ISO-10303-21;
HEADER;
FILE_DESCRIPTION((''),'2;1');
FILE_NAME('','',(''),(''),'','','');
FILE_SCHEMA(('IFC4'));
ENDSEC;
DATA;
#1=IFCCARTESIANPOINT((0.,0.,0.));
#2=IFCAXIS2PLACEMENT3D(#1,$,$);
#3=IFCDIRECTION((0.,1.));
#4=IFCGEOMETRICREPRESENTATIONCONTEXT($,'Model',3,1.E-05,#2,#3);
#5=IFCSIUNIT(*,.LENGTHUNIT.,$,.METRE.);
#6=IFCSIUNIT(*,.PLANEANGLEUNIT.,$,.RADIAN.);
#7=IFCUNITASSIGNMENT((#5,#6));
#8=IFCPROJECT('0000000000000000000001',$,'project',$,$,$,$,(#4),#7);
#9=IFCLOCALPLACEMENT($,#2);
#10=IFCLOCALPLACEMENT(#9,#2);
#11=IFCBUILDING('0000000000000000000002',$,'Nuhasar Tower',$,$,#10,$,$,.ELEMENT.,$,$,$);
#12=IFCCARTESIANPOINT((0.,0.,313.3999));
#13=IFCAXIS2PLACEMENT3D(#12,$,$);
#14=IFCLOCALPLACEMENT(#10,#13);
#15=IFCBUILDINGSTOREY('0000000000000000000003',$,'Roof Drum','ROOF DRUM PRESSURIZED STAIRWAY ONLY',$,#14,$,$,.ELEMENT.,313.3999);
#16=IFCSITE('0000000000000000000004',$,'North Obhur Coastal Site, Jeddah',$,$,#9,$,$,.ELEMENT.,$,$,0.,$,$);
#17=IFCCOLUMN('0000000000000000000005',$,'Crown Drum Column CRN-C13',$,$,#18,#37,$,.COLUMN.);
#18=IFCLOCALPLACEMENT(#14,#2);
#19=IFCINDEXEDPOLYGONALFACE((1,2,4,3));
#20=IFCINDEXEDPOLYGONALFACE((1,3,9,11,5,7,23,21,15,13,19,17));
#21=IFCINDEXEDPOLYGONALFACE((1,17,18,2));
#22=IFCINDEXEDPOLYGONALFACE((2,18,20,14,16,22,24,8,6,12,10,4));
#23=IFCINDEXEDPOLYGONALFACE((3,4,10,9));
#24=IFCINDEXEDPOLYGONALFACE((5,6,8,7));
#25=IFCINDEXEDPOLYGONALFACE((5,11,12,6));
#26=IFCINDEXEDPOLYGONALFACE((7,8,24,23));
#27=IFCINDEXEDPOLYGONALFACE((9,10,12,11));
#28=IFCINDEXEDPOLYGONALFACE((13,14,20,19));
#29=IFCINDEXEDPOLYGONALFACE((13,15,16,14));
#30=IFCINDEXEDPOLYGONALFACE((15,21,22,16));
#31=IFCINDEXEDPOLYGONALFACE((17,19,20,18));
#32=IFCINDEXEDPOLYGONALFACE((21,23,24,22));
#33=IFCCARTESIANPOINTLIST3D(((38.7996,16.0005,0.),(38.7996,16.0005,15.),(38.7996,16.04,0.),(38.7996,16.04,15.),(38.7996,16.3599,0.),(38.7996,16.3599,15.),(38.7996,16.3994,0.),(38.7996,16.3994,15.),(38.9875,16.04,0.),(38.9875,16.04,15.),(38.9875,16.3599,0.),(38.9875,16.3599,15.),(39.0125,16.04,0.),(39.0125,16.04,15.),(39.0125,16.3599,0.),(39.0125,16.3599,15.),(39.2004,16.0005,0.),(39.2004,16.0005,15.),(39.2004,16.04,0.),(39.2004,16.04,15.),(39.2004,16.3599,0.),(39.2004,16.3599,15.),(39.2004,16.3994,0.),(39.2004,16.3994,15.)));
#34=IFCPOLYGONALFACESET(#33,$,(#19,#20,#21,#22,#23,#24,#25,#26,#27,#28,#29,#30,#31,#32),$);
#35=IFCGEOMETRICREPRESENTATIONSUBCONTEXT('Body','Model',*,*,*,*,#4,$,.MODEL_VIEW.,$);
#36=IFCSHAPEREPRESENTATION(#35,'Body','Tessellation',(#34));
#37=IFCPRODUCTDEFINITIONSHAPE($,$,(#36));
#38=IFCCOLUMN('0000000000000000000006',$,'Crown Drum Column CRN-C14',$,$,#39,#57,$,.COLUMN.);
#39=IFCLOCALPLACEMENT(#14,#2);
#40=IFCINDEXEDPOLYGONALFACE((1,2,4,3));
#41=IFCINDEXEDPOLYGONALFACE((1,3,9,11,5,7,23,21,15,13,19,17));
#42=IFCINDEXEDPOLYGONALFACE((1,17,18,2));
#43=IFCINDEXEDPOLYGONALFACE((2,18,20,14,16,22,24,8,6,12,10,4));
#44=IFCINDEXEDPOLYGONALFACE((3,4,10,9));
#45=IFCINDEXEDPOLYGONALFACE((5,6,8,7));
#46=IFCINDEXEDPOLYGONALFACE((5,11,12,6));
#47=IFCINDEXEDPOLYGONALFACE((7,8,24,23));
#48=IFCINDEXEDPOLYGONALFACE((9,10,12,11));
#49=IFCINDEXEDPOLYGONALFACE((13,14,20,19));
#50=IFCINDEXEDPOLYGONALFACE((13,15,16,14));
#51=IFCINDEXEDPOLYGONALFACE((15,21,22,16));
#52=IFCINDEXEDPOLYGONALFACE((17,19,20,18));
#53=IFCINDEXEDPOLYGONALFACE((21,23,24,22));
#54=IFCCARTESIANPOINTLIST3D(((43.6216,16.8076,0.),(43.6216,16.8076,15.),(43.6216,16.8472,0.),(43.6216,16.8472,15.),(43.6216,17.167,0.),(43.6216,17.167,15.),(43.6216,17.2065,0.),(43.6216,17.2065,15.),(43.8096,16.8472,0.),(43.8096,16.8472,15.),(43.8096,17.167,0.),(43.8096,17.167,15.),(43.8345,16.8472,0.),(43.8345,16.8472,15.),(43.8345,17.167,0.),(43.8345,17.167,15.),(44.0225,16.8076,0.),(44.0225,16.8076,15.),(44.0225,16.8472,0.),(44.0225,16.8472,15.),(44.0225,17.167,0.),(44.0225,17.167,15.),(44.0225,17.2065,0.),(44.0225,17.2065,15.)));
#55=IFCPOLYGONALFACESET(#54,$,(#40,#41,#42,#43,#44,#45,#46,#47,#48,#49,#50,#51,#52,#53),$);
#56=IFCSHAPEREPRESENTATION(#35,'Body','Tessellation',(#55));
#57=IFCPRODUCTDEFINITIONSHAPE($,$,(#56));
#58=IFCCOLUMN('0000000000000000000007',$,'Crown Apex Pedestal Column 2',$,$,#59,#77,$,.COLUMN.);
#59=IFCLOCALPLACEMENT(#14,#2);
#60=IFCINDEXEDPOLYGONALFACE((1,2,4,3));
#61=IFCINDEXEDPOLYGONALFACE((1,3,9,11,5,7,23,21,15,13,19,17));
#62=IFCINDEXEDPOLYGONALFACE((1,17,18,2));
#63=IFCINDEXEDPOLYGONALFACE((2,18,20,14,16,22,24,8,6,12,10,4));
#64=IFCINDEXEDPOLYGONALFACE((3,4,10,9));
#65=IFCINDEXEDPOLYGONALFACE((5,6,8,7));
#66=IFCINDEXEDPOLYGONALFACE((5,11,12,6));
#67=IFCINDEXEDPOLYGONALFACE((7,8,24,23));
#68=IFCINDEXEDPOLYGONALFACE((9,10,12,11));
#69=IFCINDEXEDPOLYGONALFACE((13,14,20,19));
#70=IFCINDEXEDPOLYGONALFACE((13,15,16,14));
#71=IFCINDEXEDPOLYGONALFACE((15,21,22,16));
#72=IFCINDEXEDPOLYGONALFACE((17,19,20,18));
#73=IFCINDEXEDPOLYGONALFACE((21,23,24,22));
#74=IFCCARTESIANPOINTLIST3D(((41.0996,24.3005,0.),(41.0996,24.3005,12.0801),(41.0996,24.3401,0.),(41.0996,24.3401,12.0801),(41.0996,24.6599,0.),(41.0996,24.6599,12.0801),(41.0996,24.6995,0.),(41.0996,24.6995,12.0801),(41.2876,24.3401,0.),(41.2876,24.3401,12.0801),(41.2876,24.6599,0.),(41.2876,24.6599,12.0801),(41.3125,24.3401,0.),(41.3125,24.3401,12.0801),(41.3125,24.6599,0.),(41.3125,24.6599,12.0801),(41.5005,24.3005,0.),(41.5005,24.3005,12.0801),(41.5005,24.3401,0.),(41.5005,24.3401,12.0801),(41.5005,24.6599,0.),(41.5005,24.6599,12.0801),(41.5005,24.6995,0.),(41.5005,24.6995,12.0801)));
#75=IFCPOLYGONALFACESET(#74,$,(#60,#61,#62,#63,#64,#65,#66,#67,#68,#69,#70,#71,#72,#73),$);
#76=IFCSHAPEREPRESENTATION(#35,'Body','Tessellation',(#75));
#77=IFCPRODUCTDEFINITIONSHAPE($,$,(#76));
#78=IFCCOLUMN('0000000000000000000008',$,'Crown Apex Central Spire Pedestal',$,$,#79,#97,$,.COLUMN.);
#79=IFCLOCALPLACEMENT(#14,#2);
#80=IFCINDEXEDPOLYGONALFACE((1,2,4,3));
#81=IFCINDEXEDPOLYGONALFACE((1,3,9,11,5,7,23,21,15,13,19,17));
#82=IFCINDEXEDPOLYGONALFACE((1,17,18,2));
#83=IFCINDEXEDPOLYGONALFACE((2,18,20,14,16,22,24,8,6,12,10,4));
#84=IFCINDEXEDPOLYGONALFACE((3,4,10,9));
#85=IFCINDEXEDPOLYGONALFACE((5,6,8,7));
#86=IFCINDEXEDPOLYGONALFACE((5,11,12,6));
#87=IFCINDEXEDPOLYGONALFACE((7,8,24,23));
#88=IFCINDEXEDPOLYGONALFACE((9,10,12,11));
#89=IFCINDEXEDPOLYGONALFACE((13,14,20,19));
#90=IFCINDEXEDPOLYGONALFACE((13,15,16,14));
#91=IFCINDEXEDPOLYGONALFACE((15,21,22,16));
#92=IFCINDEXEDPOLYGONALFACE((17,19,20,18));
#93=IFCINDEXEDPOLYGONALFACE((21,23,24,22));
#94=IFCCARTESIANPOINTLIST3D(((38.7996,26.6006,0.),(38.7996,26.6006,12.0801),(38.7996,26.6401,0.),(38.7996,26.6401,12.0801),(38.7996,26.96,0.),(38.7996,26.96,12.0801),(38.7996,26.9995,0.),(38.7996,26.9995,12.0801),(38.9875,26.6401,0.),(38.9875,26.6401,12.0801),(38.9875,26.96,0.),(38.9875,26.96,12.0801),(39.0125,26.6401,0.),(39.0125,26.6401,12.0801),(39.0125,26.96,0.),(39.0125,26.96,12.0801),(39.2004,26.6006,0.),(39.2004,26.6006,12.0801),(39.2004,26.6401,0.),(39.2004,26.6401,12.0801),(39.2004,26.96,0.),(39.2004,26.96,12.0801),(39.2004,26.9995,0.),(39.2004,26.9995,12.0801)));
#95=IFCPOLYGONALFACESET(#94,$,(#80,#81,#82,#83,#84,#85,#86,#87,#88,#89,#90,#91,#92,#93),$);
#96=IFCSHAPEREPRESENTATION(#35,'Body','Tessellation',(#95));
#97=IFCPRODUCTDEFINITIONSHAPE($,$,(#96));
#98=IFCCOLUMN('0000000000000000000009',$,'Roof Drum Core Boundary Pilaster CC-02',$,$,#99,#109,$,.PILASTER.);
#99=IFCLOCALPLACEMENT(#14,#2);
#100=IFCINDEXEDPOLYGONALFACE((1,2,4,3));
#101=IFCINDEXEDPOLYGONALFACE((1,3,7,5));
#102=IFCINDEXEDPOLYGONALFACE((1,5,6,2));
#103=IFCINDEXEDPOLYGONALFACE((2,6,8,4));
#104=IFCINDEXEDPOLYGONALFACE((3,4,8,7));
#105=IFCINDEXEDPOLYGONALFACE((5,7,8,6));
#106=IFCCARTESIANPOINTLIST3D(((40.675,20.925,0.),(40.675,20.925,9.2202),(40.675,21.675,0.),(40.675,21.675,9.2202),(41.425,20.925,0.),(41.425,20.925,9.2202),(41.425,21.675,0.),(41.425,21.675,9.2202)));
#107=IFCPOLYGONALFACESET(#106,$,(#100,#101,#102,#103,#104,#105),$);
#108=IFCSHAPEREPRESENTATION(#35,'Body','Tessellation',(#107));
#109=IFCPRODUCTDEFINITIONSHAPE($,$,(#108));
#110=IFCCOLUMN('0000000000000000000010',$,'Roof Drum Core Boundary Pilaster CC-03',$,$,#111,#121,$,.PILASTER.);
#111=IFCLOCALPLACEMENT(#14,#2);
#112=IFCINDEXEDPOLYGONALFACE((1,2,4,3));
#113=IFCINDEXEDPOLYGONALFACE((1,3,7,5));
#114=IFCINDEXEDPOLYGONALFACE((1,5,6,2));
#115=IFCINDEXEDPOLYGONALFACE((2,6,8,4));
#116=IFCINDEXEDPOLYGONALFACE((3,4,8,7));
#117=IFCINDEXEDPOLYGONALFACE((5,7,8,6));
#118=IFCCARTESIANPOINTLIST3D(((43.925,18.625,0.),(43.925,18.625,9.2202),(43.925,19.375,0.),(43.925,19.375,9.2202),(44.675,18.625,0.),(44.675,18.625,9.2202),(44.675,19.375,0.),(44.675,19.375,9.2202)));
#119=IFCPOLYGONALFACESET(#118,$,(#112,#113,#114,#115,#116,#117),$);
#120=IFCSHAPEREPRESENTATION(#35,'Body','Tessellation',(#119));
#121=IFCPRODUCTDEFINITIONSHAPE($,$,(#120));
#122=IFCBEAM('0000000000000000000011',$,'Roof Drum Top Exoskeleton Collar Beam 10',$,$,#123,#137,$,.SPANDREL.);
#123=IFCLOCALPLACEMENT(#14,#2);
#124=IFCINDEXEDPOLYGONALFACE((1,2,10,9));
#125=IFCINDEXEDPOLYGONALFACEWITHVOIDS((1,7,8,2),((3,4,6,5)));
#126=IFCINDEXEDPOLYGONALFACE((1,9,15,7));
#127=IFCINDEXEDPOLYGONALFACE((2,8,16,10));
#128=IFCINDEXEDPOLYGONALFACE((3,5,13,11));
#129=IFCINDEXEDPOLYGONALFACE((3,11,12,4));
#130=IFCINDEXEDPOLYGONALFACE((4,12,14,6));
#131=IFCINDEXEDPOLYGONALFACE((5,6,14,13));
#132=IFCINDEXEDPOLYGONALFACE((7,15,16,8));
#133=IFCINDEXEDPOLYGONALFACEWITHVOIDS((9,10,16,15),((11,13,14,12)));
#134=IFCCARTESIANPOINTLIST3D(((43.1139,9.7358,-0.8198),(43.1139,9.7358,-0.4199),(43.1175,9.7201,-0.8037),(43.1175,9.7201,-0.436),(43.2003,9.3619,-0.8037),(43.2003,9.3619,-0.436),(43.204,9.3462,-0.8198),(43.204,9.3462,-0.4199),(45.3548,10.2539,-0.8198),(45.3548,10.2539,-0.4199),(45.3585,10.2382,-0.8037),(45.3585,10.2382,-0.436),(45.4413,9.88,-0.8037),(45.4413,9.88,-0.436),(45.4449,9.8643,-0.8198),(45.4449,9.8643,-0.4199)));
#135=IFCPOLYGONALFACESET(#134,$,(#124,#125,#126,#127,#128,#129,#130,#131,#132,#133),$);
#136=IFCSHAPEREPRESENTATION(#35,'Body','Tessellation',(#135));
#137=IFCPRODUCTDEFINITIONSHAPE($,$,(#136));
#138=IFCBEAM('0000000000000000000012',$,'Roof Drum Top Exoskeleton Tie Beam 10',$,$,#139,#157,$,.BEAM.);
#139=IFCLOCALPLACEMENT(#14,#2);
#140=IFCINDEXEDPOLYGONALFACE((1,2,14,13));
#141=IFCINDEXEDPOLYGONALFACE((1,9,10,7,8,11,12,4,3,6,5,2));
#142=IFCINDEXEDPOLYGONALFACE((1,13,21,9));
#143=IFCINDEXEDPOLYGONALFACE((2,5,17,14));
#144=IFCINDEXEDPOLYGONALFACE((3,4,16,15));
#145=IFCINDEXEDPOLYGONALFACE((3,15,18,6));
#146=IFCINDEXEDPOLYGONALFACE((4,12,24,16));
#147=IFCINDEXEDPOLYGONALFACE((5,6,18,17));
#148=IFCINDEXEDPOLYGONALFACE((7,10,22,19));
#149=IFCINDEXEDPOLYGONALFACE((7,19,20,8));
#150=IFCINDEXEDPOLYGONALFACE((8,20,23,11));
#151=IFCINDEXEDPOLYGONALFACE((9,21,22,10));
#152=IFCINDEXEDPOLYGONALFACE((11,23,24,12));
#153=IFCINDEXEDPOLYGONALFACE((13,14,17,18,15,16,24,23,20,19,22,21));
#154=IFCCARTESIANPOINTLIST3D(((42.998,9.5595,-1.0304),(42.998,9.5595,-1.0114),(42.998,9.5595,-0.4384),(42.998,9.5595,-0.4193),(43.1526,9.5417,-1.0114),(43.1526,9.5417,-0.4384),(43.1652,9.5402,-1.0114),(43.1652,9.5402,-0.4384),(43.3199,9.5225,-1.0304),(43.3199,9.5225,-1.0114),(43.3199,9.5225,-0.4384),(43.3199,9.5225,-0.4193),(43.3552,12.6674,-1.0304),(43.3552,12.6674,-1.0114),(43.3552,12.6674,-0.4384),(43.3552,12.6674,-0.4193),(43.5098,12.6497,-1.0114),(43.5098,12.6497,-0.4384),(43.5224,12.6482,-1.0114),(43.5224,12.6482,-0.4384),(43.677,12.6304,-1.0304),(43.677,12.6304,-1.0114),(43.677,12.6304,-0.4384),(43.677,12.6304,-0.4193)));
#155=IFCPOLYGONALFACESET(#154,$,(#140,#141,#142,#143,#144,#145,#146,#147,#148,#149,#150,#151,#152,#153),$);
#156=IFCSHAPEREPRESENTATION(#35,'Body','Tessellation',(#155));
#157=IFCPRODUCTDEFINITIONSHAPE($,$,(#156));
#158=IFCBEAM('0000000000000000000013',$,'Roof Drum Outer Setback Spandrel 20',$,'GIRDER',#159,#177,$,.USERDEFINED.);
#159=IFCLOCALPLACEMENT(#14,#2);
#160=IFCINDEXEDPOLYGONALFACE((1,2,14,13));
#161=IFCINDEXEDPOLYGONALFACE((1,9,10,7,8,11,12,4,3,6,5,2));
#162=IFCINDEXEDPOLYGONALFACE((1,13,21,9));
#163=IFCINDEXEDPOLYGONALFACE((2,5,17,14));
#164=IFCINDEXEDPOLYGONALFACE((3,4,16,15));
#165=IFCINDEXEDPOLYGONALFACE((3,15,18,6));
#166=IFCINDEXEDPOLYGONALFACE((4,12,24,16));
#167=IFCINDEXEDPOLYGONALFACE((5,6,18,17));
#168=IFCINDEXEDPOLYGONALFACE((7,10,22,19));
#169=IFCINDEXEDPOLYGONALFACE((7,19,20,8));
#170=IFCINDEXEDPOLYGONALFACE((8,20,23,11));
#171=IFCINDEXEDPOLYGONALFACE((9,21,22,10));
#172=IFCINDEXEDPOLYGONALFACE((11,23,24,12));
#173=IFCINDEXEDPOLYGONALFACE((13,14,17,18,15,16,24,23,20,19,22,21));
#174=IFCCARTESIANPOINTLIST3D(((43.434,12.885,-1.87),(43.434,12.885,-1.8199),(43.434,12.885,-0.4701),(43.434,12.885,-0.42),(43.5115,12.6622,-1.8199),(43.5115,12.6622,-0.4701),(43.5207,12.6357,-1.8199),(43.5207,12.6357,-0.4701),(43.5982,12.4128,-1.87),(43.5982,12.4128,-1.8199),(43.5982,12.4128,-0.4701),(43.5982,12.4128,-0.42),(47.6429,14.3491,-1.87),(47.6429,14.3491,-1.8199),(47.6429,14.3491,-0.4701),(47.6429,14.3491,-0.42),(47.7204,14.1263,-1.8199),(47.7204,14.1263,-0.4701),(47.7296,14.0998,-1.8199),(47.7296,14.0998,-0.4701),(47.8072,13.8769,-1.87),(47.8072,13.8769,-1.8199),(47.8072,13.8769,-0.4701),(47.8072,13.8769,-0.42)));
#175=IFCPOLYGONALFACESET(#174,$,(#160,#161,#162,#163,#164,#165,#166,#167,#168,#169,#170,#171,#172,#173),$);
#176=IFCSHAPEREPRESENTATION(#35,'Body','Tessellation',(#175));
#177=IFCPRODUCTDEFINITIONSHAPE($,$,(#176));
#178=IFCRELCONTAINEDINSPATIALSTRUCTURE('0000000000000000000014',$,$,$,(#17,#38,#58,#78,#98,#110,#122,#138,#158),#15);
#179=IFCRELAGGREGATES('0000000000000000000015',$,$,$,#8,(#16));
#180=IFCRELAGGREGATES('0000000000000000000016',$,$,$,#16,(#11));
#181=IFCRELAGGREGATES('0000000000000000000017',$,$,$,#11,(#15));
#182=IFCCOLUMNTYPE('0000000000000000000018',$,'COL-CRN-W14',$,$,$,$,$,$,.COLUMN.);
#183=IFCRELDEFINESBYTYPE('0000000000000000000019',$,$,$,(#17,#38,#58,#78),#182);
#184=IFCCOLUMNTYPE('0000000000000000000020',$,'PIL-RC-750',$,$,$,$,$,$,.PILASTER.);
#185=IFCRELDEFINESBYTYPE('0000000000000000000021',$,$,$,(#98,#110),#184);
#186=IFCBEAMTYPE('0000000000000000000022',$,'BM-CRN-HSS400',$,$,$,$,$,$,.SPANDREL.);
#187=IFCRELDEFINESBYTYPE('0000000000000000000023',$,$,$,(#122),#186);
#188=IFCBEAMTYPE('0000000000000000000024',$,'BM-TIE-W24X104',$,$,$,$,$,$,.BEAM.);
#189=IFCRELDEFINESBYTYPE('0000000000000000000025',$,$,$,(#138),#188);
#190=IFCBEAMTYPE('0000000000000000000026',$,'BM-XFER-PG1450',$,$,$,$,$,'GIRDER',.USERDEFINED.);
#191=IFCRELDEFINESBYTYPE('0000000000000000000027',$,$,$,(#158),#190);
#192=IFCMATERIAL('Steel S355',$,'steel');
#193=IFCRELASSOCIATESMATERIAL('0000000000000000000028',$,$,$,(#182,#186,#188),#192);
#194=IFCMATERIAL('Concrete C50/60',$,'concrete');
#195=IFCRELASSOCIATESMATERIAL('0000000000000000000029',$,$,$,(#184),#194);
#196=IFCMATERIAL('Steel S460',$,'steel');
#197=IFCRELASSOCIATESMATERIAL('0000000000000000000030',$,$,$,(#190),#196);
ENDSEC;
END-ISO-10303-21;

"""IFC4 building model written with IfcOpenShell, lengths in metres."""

from ifc_helpers import new_model, si_unit, direction, frame, origin, origin_2d, place, context, subcontext, project, spatial, rectangle, hollow_rectangle, i_section, extrude, material, material_profile, profile_set, type_object, element, save


model = new_model("IFC4")

# Units and contexts
model_context = context("Model", 3, precision=1e-05, world=origin(), true_north=direction((0.0, 1.0)))
body_context = subcontext(model_context, "Body", "Model", "MODEL_VIEW")
ifc_project = project(units=[si_unit("LENGTHUNIT", "METRE"), si_unit("PLANEANGLEUNIT", "RADIAN")], contexts=[model_context])

# Site, building, storey
site_placement = place(None, origin())
site = spatial("IfcSite", under=ifc_project, at=site_placement, Name="North Obhur Coastal Site, Jeddah", CompositionType="ELEMENT", RefElevation=0.0)
building_placement = place(site_placement, origin())
building = spatial("IfcBuilding", under=site, at=building_placement, Name="Nuhasar Tower", CompositionType="ELEMENT")
storey_placement = place(building_placement, frame((0.0, 0.0, 313.3999)))
storey = spatial("IfcBuildingStorey", under=building, at=storey_placement, Name="Roof Drum", Description="ROOF DRUM PRESSURIZED STAIRWAY ONLY", CompositionType="ELEMENT", Elevation=313.3999)

# Columns
ifc_material_1 = material(Name="Steel S355", Category="steel")
ifc_material_profile_1 = material_profile(ifc_material_1, i_section(OverallWidth=0.4009, OverallDepth=0.3989, WebThickness=0.0249, FlangeThickness=0.0396, at=origin_2d()), Name="W14X211")
ifc_profile_set_1 = profile_set([ifc_material_profile_1], Name="Steel S355")
column_type_1 = type_object("IfcColumnType", Name="COL-CRN-W14", PredefinedType="COLUMN", material=ifc_profile_set_1)
for number, where, z_axis, x_axis, name in (
    (1, (39.0, 16.2, 0.0), (0.0, 0.0, 1.0), (1.0, 0.0, 0.0), "Crown Drum Column CRN-C13"),
    (2, (43.822, 17.0071, 0.0), (0.0, 0.0, 1.0), (1.0, 0.0, 0.0), "Crown Drum Column CRN-C14"),
):
    element("IfcColumn", number, at=place(storey_placement, frame(where, z_axis=z_axis, x_axis=x_axis)), inside=storey, type_object=column_type_1, Name=name, PredefinedType="COLUMN", context=body_context, shape_type="SweptSolid", body=[
        extrude(i_section(OverallWidth=0.4009, OverallDepth=0.3989, WebThickness=0.0249, FlangeThickness=0.0396, at=origin_2d()), origin(), (0.0, 0.0, 1.0), 15.0),
    ])
for number, where, z_axis, x_axis, name in (
    (3, (41.3, 24.5, 0.0), (0.0, 0.0, 1.0), (1.0, 0.0, 0.0), "Crown Apex Pedestal Column 2"),
    (4, (39.0, 26.8, 0.0), (0.0, 0.0, 1.0), (1.0, 0.0, 0.0), "Crown Apex Central Spire Pedestal"),
):
    element("IfcColumn", number, at=place(storey_placement, frame(where, z_axis=z_axis, x_axis=x_axis)), inside=storey, type_object=column_type_1, Name=name, PredefinedType="COLUMN", context=body_context, shape_type="SweptSolid", body=[
        extrude(i_section(OverallWidth=0.4009, OverallDepth=0.3989, WebThickness=0.0249, FlangeThickness=0.0396, at=origin_2d()), origin(), (0.0, 0.0, 1.0), 12.0801),
    ])
ifc_material_2 = material(Name="Concrete C50/60", Category="concrete")
ifc_material_profile_2 = material_profile(ifc_material_2, rectangle(XDim=0.75, YDim=0.75, at=origin_2d()), Name="RC750X750")
ifc_profile_set_2 = profile_set([ifc_material_profile_2], Name="Concrete C50/60")
column_type_2 = type_object("IfcColumnType", Name="PIL-RC-750", PredefinedType="PILASTER", material=ifc_profile_set_2)
for number, where, z_axis, x_axis, name in (
    (5, (41.05, 21.3, 0.0), (0.0, 0.0, 1.0), (1.0, 0.0, 0.0), "Roof Drum Core Boundary Pilaster CC-02"),
    (6, (44.3, 19.0, 0.0), (0.0, 0.0, 1.0), (1.0, 0.0, 0.0), "Roof Drum Core Boundary Pilaster CC-03"),
):
    element("IfcColumn", number, at=place(storey_placement, frame(where, z_axis=z_axis, x_axis=x_axis)), inside=storey, type_object=column_type_2, Name=name, PredefinedType="PILASTER", context=body_context, shape_type="SweptSolid", body=[
        extrude(rectangle(XDim=0.75, YDim=0.75, at=origin_2d()), origin(), (0.0, 0.0, 1.0), 9.2202),
    ])

# Beams
ifc_material_profile_3 = material_profile(ifc_material_1, hollow_rectangle(XDim=0.3999, YDim=0.3999, WallThickness=0.0161, at=origin_2d()), Name="HSS400X400X16")
ifc_profile_set_3 = profile_set([ifc_material_profile_3], Name="Steel S355")
beam_type_1 = type_object("IfcBeamType", Name="BM-CRN-HSS400", PredefinedType="SPANDREL", material=ifc_profile_set_3)
beam_1_placement = place(storey_placement, frame((43.1589, 9.541, -0.6199), z_axis=(0.974303, 0.225239, 0.0), x_axis=(-0.225239, 0.974303, 0.0)))
element("IfcBeam", 7, at=beam_1_placement, inside=storey, type_object=beam_type_1, Name="Roof Drum Top Exoskeleton Collar Beam 10", PredefinedType="SPANDREL", context=body_context, shape_type="SweptSolid", body=[
    extrude(hollow_rectangle(XDim=0.3999, YDim=0.3999, WallThickness=0.0161, at=origin_2d()), origin(), (0.0, 0.0, 1.0), 2.3),
])
ifc_material_profile_4 = material_profile(ifc_material_1, i_section(OverallWidth=0.324, OverallDepth=0.6111, WebThickness=0.0127, FlangeThickness=0.019, at=origin_2d()), Name="W24X104")
ifc_profile_set_4 = profile_set([ifc_material_profile_4], Name="Steel S355")
beam_type_2 = type_object("IfcBeamType", Name="BM-TIE-W24X104", PredefinedType="BEAM", material=ifc_profile_set_4)
beam_2_placement = place(storey_placement, frame((43.5161, 12.6489, -0.7249), z_axis=(-0.114174, -0.993461, 0.0), x_axis=(0.993461, -0.114174, 0.0)))
element("IfcBeam", 8, at=beam_2_placement, inside=storey, type_object=beam_type_2, Name="Roof Drum Top Exoskeleton Tie Beam 10", PredefinedType="BEAM", context=body_context, shape_type="SweptSolid", body=[
    extrude(i_section(OverallWidth=0.324, OverallDepth=0.6111, WebThickness=0.0127, FlangeThickness=0.019, at=origin_2d()), origin(), (0.0, 0.0, 1.0), 3.1284),
])
ifc_material_3 = material(Name="Steel S460", Category="steel")
ifc_material_profile_5 = material_profile(ifc_material_3, i_section(OverallWidth=0.5, OverallDepth=1.45, WebThickness=0.0281, FlangeThickness=0.05, at=origin_2d()), Name="PG1450X500")
ifc_profile_set_5 = profile_set([ifc_material_profile_5], Name="Steel S460")
beam_type_3 = type_object("IfcBeamType", Name="BM-XFER-PG1450", ElementType="GIRDER", PredefinedType="USERDEFINED", material=ifc_profile_set_5)
beam_3_placement = place(storey_placement, frame((43.5161, 12.6489, -1.145), z_axis=(0.944489, 0.328544, 0.0), x_axis=(-0.328544, 0.944489, 0.0)))
element("IfcBeam", 9, at=beam_3_placement, inside=storey, type_object=beam_type_3, Name="Roof Drum Outer Setback Spandrel 20", ObjectType="GIRDER", PredefinedType="USERDEFINED", context=body_context, shape_type="SweptSolid", body=[
    extrude(i_section(OverallWidth=0.5, OverallDepth=1.45, WebThickness=0.0281, FlangeThickness=0.05, at=origin_2d()), origin(), (0.0, 0.0, 1.0), 4.4563),
])

save(model, "model.ifc")
